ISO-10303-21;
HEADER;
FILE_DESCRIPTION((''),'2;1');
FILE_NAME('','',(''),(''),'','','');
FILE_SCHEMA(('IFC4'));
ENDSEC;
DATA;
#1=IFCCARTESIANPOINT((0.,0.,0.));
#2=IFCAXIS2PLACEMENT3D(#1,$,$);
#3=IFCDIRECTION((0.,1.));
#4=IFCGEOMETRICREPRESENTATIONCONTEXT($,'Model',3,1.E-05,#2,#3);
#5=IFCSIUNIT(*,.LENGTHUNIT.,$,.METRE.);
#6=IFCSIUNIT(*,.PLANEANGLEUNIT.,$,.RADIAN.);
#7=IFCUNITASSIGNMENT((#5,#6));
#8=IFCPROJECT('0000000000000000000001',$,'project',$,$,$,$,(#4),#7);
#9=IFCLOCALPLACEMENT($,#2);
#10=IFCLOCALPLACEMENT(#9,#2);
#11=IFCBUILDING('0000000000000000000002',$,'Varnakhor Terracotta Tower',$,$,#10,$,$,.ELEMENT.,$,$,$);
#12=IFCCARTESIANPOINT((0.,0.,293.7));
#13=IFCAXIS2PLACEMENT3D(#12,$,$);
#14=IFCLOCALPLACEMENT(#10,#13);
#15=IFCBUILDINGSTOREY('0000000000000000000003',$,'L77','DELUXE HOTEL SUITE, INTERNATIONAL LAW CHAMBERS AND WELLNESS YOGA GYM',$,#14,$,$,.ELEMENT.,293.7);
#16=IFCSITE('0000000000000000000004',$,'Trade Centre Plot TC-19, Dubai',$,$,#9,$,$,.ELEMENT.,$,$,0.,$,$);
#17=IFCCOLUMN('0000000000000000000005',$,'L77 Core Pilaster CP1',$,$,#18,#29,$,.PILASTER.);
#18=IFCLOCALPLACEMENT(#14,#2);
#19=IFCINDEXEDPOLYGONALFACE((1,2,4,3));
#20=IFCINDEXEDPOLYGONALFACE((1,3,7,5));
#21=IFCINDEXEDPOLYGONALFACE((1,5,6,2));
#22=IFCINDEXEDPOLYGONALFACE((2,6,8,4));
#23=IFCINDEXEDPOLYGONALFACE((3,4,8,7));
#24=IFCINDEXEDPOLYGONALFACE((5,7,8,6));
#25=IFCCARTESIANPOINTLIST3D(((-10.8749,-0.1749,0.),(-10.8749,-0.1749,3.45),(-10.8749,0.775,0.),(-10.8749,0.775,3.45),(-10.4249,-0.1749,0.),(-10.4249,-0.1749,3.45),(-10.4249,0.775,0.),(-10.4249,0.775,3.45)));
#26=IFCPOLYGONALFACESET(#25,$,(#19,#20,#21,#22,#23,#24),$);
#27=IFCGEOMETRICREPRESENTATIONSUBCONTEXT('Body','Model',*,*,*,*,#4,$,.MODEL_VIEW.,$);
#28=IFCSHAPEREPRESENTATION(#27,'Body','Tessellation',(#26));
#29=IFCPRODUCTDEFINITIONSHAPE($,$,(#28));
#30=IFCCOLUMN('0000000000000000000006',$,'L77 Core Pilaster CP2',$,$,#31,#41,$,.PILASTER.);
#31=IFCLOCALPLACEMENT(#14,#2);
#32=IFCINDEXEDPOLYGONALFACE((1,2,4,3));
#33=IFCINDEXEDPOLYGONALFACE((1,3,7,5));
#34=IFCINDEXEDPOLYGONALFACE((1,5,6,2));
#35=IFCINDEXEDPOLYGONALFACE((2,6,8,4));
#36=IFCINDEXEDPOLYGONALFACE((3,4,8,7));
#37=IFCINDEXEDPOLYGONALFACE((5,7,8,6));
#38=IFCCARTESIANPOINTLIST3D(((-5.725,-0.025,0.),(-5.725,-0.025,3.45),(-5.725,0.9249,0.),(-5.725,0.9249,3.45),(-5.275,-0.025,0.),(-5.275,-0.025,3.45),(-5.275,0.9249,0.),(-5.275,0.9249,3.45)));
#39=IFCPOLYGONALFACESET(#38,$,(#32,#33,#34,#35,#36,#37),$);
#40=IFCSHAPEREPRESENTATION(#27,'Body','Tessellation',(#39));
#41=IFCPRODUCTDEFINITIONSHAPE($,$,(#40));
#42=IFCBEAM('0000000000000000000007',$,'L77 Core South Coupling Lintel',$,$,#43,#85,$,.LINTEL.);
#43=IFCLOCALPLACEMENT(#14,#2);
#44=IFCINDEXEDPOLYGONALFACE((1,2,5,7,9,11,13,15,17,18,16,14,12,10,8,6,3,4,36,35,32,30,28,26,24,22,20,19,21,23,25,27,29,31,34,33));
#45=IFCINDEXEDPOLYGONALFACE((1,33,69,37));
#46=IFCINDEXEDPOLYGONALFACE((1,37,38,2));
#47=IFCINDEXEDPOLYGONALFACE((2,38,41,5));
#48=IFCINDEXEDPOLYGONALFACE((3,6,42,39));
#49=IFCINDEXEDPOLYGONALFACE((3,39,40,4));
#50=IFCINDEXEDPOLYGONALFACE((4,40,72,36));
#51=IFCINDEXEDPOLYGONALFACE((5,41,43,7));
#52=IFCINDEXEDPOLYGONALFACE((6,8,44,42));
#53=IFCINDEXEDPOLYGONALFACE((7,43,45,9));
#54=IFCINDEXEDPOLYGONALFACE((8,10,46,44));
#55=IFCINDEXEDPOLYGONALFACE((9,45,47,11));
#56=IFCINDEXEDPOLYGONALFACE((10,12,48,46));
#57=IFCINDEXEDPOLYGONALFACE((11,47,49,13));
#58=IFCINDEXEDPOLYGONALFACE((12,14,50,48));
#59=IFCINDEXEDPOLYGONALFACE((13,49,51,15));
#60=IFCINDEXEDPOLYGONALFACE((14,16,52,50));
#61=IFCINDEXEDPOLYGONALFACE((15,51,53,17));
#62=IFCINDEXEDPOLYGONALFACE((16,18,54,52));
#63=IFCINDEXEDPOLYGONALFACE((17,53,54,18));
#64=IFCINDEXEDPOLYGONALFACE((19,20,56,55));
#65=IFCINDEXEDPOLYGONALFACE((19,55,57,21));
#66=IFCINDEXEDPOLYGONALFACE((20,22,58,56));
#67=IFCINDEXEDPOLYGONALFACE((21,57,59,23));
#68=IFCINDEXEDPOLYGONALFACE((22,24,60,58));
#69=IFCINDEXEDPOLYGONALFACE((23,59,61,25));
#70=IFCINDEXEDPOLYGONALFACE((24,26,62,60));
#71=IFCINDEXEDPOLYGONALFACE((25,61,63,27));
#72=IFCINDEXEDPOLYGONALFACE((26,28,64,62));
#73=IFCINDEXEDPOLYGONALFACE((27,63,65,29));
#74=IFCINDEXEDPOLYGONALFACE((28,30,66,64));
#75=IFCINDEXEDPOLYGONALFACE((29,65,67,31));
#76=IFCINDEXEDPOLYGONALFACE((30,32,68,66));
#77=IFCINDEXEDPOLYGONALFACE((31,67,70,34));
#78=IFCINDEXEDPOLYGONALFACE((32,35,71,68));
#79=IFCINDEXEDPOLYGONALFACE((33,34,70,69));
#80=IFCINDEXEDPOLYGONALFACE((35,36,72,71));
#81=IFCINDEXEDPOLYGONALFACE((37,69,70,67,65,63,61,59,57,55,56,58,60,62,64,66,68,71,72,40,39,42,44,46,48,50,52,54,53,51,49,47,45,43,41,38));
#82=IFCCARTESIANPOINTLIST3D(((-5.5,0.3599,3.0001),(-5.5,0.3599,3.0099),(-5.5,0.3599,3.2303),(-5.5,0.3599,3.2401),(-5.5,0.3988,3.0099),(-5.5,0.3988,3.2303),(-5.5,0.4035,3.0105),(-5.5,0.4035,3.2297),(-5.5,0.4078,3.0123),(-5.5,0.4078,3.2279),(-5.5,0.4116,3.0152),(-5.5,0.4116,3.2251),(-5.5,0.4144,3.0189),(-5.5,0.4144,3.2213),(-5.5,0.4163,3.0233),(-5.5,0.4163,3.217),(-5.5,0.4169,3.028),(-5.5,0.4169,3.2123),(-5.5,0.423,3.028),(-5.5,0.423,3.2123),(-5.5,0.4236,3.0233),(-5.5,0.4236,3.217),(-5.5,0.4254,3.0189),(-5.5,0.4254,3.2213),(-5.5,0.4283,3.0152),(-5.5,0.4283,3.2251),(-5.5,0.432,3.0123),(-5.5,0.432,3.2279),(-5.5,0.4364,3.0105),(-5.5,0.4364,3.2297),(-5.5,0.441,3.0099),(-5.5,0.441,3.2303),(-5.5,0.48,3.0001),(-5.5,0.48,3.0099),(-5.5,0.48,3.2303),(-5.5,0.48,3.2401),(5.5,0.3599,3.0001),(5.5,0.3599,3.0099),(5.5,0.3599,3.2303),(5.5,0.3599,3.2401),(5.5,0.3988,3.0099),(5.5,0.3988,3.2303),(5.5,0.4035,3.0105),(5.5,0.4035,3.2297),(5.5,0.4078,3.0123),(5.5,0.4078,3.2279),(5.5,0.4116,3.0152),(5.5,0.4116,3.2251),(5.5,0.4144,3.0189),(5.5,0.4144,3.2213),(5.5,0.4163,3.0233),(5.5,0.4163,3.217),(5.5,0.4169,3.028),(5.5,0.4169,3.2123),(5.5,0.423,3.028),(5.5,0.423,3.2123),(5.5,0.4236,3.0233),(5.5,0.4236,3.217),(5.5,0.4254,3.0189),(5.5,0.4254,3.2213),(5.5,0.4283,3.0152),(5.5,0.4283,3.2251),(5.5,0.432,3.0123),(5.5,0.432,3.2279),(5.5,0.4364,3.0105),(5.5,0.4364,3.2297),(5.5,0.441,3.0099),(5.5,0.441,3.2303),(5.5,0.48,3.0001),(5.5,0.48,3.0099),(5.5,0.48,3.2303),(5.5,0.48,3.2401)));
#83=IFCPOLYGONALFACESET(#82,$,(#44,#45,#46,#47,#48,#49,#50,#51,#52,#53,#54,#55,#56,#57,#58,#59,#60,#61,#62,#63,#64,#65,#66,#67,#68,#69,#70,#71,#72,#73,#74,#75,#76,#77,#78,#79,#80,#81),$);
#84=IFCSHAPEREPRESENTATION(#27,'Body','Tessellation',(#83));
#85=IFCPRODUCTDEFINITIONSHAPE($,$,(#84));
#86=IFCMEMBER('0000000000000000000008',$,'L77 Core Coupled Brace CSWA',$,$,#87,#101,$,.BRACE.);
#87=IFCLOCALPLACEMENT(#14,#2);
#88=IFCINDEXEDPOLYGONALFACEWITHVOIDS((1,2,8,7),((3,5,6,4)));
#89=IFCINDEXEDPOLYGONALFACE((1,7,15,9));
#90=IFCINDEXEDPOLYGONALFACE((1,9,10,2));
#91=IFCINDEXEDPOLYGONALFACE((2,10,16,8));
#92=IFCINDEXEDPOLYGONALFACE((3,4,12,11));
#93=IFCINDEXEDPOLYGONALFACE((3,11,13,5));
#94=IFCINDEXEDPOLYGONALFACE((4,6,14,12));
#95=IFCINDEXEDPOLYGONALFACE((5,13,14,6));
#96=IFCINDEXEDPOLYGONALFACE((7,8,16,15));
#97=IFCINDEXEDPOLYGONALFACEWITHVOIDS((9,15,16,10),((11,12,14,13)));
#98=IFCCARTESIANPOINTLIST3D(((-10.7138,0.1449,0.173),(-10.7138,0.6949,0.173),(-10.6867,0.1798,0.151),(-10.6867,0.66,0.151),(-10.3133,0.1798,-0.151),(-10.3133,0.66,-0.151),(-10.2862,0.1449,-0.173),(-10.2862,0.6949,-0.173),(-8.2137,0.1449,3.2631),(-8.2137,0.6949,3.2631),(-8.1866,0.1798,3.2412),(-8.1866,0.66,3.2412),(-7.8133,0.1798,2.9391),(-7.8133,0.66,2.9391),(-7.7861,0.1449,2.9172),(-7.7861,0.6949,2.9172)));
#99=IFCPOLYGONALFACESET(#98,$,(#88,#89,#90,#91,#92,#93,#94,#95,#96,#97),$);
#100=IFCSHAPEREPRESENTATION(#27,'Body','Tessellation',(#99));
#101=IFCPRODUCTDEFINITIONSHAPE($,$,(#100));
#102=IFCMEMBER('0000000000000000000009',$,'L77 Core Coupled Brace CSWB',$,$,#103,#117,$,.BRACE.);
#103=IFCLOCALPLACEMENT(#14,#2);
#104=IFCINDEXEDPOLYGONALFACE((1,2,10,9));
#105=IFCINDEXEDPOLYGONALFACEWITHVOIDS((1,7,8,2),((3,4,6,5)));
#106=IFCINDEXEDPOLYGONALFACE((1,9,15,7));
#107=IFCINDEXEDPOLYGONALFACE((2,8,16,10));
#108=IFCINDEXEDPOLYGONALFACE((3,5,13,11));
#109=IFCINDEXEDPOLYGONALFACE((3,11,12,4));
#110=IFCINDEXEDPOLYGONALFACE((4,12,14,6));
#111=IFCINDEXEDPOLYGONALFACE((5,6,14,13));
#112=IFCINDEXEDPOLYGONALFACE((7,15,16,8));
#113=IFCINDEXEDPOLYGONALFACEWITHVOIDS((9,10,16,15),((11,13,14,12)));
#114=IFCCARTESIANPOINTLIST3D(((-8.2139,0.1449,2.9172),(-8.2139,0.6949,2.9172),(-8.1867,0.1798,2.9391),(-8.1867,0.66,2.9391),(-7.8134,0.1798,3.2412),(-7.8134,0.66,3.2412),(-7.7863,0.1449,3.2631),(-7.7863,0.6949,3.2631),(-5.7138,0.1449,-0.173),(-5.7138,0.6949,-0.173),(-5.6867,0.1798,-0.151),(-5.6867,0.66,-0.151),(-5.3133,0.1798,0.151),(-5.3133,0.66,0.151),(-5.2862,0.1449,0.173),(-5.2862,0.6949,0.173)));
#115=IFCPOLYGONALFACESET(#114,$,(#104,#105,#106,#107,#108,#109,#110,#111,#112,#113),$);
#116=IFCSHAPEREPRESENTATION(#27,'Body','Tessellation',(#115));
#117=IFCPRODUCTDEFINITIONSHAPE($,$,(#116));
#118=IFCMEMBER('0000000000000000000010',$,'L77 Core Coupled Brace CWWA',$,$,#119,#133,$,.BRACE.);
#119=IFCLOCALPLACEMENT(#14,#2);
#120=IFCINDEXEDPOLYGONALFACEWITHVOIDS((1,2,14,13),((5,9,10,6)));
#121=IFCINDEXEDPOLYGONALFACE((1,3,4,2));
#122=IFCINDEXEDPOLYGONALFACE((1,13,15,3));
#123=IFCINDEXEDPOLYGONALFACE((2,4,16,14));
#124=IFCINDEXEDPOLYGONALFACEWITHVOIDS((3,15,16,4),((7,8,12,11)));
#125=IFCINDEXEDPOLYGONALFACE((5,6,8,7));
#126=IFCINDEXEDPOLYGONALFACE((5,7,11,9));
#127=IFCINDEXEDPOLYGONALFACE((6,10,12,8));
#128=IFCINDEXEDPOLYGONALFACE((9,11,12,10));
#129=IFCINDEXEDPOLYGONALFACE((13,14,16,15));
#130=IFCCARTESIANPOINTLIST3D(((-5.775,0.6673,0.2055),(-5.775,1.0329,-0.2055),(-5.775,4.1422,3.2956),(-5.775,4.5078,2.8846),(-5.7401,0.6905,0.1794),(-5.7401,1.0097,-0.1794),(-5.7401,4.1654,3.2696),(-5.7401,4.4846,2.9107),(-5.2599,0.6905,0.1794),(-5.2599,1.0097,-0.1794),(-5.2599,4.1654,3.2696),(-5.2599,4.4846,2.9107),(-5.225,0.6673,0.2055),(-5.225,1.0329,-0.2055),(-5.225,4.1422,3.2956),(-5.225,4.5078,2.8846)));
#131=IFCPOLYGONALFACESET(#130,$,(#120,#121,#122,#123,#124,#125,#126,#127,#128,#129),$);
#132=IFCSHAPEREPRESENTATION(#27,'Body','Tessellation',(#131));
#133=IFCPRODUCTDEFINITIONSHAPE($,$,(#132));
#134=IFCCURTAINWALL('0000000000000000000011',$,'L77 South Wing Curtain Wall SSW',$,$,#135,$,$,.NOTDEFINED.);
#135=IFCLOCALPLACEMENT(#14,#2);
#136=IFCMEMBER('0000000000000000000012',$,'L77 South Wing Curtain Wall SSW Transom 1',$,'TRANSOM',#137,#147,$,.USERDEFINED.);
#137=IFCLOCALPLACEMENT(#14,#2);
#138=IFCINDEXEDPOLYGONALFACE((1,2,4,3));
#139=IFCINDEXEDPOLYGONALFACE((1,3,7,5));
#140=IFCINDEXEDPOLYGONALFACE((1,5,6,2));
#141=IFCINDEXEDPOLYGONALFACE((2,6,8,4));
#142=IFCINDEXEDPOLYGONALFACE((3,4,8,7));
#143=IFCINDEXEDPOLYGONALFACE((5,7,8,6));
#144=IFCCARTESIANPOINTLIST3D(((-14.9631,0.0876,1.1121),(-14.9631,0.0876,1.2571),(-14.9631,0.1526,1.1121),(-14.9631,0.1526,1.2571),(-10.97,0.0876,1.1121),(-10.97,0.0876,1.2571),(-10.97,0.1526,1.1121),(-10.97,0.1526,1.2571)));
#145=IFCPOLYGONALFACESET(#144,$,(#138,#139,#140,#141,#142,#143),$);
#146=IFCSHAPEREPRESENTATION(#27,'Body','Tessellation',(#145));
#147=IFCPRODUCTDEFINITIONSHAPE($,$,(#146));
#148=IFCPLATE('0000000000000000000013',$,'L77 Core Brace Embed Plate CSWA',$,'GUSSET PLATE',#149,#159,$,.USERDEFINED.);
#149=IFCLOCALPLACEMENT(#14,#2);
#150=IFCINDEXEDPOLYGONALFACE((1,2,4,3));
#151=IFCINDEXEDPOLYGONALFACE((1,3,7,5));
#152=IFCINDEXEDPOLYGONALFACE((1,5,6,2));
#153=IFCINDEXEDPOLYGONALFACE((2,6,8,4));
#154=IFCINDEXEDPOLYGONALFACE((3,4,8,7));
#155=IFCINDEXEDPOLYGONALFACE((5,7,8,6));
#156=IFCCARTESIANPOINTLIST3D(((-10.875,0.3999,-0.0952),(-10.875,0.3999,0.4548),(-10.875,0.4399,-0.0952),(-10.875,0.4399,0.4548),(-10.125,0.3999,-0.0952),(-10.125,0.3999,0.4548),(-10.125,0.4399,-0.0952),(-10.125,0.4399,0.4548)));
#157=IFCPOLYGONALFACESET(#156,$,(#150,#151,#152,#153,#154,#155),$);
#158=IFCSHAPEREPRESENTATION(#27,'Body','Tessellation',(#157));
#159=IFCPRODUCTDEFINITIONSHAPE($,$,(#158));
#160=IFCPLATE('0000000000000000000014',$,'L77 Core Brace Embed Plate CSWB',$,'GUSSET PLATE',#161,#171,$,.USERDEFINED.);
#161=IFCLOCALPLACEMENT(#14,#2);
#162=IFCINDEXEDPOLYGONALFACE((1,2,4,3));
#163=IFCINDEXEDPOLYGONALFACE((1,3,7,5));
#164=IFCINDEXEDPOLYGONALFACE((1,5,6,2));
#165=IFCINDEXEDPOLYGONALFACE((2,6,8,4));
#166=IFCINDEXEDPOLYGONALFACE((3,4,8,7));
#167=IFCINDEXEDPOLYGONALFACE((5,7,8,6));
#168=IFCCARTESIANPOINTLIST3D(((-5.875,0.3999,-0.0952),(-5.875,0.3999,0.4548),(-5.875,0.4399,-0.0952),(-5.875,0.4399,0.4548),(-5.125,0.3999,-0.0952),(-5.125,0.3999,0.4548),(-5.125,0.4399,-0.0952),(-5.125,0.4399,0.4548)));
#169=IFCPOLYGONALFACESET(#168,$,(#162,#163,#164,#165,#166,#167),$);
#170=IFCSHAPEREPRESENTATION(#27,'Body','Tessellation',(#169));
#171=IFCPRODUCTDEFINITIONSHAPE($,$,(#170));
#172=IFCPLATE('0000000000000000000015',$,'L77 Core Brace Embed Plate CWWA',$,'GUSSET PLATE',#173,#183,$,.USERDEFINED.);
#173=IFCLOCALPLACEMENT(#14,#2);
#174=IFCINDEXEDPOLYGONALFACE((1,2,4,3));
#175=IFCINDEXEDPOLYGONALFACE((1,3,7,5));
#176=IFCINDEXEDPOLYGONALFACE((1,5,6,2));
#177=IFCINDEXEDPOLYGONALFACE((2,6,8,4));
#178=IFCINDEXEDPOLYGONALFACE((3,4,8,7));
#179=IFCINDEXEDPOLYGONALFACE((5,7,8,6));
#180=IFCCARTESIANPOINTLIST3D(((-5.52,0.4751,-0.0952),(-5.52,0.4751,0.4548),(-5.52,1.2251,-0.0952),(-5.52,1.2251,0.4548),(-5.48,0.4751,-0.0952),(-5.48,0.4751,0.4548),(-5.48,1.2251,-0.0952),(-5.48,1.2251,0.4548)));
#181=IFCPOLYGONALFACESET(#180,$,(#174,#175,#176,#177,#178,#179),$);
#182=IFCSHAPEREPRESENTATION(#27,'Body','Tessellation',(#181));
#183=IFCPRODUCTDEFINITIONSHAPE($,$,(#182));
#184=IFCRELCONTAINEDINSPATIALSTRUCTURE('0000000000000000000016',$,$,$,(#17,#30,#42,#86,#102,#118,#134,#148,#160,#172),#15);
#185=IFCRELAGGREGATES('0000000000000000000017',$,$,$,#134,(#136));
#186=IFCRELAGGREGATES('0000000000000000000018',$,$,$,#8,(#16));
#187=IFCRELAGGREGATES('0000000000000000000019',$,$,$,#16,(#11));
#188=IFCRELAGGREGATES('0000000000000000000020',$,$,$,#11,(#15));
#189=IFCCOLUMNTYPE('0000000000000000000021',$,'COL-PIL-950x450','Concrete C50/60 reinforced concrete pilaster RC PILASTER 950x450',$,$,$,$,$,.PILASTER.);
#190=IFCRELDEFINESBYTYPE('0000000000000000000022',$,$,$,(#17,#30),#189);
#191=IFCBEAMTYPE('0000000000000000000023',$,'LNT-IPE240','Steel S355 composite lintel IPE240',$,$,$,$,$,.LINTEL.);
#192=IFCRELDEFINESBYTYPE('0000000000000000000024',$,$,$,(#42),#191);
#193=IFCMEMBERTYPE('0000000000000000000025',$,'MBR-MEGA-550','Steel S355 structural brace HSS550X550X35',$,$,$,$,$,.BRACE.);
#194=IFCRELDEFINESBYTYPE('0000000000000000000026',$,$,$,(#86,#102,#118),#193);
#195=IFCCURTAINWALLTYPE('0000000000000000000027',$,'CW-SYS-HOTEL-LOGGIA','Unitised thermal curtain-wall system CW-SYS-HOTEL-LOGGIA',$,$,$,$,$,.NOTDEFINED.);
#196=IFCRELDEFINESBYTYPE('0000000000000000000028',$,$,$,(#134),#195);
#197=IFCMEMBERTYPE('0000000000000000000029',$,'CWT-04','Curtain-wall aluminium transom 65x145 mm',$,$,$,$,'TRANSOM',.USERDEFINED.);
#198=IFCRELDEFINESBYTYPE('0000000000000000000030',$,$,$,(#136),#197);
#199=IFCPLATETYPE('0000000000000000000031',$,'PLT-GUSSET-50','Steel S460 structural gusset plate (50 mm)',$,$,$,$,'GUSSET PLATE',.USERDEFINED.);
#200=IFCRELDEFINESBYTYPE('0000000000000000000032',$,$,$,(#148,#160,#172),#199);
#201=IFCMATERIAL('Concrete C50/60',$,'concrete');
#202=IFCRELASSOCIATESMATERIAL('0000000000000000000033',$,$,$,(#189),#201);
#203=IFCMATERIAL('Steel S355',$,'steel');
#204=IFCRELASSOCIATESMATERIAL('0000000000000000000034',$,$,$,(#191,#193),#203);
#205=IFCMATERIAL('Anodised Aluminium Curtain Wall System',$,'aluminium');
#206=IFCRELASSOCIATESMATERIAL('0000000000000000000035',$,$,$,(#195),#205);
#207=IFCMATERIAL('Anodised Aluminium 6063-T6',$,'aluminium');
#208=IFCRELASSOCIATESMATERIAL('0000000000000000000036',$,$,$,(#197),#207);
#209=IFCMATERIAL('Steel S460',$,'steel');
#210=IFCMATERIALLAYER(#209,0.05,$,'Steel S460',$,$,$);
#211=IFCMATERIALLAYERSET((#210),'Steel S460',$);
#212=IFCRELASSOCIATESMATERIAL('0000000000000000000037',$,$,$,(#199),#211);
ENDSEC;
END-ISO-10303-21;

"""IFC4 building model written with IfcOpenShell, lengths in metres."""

from ifc_helpers import new_model, si_unit, direction, frame, origin, origin_2d, place, context, subcontext, project, spatial, rectangle, hollow_rectangle, i_section, extrude, source, transform, mapped, material, layer, layer_set, material_profile, profile_set, type_object, type_shapes, element, aggregate, save


model = new_model("IFC4")

# Units and contexts
model_context = context("Model", 3, precision=1e-05, world=origin(), true_north=direction((0.0, 1.0)))
body_context = subcontext(model_context, "Body", "Model", "MODEL_VIEW")
ifc_project = project(units=[si_unit("LENGTHUNIT", "METRE"), si_unit("PLANEANGLEUNIT", "RADIAN")], contexts=[model_context])

# Site, building, storey
site_placement = place(None, origin())
site = spatial("IfcSite", under=ifc_project, at=site_placement, Name="Trade Centre Plot TC-19, Dubai", CompositionType="ELEMENT", RefElevation=0.0)
building_placement = place(site_placement, origin())
building = spatial("IfcBuilding", under=site, at=building_placement, Name="Varnakhor Terracotta Tower", CompositionType="ELEMENT")
storey_placement = place(building_placement, frame((0.0, 0.0, 293.7)))
storey = spatial("IfcBuildingStorey", under=building, at=storey_placement, Name="L77", Description="DELUXE HOTEL SUITE, INTERNATIONAL LAW CHAMBERS AND WELLNESS YOGA GYM", CompositionType="ELEMENT", Elevation=293.7)

# Columns
ifc_material_1 = material(Name="Concrete C50/60", Category="concrete")
ifc_material_profile_1 = material_profile(ifc_material_1, rectangle(XDim=0.45, YDim=0.95, at=origin_2d()), Name="RC PILASTER 950x450")
ifc_profile_set_1 = profile_set([ifc_material_profile_1], Name="Concrete C50/60")
column_type = type_object("IfcColumnType", Name="COL-PIL-950x450", Description="Concrete C50/60 reinforced concrete pilaster RC PILASTER 950x450", PredefinedType="PILASTER", material=ifc_profile_set_1)
shared_shape_1 = source(origin(), body_context, "Body", "SweptSolid", [
    extrude(rectangle(XDim=0.45, YDim=0.95, at=origin_2d()), origin(), (0.0, 0.0, 1.0), 3.45),
])
for number, where, z_axis, x_axis, name in (
    (1, (-10.6499, 0.3, 0.0), (0.0, 0.0, 1.0), (1.0, 0.0, 0.0), "L77 Core Pilaster CP1"),
    (2, (-5.5, 0.45, 0.0), (0.0, 0.0, 1.0), (1.0, 0.0, 0.0), "L77 Core Pilaster CP2"),
):
    element("IfcColumn", number, at=place(storey_placement, frame(where, z_axis=z_axis, x_axis=x_axis)), inside=storey, type_object=column_type, Name=name, PredefinedType="PILASTER", context=body_context, shape_type="MappedRepresentation", body=[
        mapped(shared_shape_1, transform((0.0, 0.0, 0.0), scale=1.0)),
    ])

# Beam
ifc_material_2 = material(Name="Steel S355", Category="steel")
ifc_material_profile_2 = material_profile(ifc_material_2, i_section(OverallWidth=0.1201, OverallDepth=0.24, WebThickness=0.0061, FlangeThickness=0.0098, FilletRadius=0.0181, at=origin_2d()), Name="IPE240")
ifc_profile_set_2 = profile_set([ifc_material_profile_2], Name="Steel S355")
beam_type = type_object("IfcBeamType", Name="LNT-IPE240", Description="Steel S355 composite lintel IPE240", PredefinedType="LINTEL", material=ifc_profile_set_2)
shared_shape_2 = source(origin(), body_context, "Body", "SweptSolid", [
    extrude(i_section(OverallWidth=0.1201, OverallDepth=0.24, WebThickness=0.0061, FlangeThickness=0.0098, FilletRadius=0.0181, at=origin_2d()), origin(), (0.0, 0.0, 1.0), 11.0),
])
type_shapes(beam_type, [shared_shape_2])
beam_placement = place(storey_placement, frame((-5.5, 0.4199, 3.1201), z_axis=(1.0, 0.0, 0.0), x_axis=(0.0, 1.0, 0.0)))
element("IfcBeam", 3, at=beam_placement, inside=storey, type_object=beam_type, Name="L77 Core South Coupling Lintel", PredefinedType="LINTEL", context=body_context, shape_type="MappedRepresentation", body=[
    mapped(shared_shape_2, transform((0.0, 0.0, 0.0), scale=1.0)),
])

# Members
ifc_material_profile_3 = material_profile(ifc_material_2, hollow_rectangle(XDim=0.55, YDim=0.55, WallThickness=0.0349, at=origin_2d()), Name="HSS550X550X35")
ifc_profile_set_3 = profile_set([ifc_material_profile_3], Name="Steel S355")
member_type_1 = type_object("IfcMemberType", Name="MBR-MEGA-550", Description="Steel S355 structural brace HSS550X550X35", PredefinedType="BRACE", material=ifc_profile_set_3)
shared_shape_3 = source(origin(), body_context, "Body", "SweptSolid", [
    extrude(hollow_rectangle(XDim=0.55, YDim=0.55, WallThickness=0.0349, at=origin_2d()), origin(), (0.0, 0.0, 1.0), 3.9749),
])
for number, where, z_axis, x_axis, name in (
    (4, (-10.5, 0.4199, 0.0), (0.62897, 0.0, 0.777429), (0.0, 1.0, 0.0), "L77 Core Coupled Brace CSWA"),
    (5, (-5.5, 0.4199, 0.0), (-0.62897, 0.0, 0.777429), (0.0, -1.0, 0.0), "L77 Core Coupled Brace CSWB"),
):
    element("IfcMember", number, at=place(storey_placement, frame(where, z_axis=z_axis, x_axis=x_axis)), inside=storey, type_object=member_type_1, Name=name, PredefinedType="BRACE", context=body_context, shape_type="MappedRepresentation", body=[
        mapped(shared_shape_3, transform((0.0, 0.0, 0.0), scale=1.0)),
    ])
shared_shape_4 = source(origin(), body_context, "Body", "SweptSolid", [
    extrude(hollow_rectangle(XDim=0.55, YDim=0.55, WallThickness=0.0349, at=origin_2d()), origin(), (0.0, 0.0, 1.0), 4.6501),
])
member_1_placement = place(storey_placement, frame((-5.5, 0.8501, 0.0), z_axis=(0.0, 0.747267, 0.664524), x_axis=(-1.0, 0.0, 0.0)))
element("IfcMember", 6, at=member_1_placement, inside=storey, type_object=member_type_1, Name="L77 Core Coupled Brace CWWA", PredefinedType="BRACE", context=body_context, shape_type="MappedRepresentation", body=[
    mapped(shared_shape_4, transform((0.0, 0.0, 0.0), scale=1.0)),
])

# Curtain wall, member
ifc_material_3 = material(Name="Anodised Aluminium Curtain Wall System", Category="aluminium")
curtain_wall_type = type_object("IfcCurtainWallType", Name="CW-SYS-HOTEL-LOGGIA", Description="Unitised thermal curtain-wall system CW-SYS-HOTEL-LOGGIA", PredefinedType="NOTDEFINED", material=ifc_material_3)
curtain_wall_placement = place(storey_placement, origin())
curtain_wall = element("IfcCurtainWall", 7, at=curtain_wall_placement, inside=storey, type_object=curtain_wall_type, Name="L77 South Wing Curtain Wall SSW", PredefinedType="NOTDEFINED")
ifc_material_4 = material(Name="Anodised Aluminium 6063-T6", Category="aluminium")
ifc_material_profile_4 = material_profile(ifc_material_4, rectangle(XDim=0.0649, YDim=0.145, at=origin_2d()), Name="ALU TRANSOM 65x145")
ifc_profile_set_4 = profile_set([ifc_material_profile_4], Name="Anodised Aluminium 6063-T6")
member_type_2 = type_object("IfcMemberType", Name="CWT-04", Description="Curtain-wall aluminium transom 65x145 mm", ElementType="TRANSOM", PredefinedType="USERDEFINED", material=ifc_profile_set_4)
shared_shape_5 = source(origin(), body_context, "Body", "SweptSolid", [
    extrude(rectangle(XDim=0.0649, YDim=0.145, at=origin_2d()), origin(), (0.0, 0.0, 1.0), 3.9932),
])
member_2_placement = place(storey_placement, frame((-10.97, 0.1201, 1.1846), z_axis=(-1.0, 0.0, 0.0), x_axis=(0.0, -1.0, 0.0)))
member_2 = element("IfcMember", 8, at=member_2_placement, type_object=member_type_2, Name="L77 South Wing Curtain Wall SSW Transom 1", ObjectType="TRANSOM", PredefinedType="USERDEFINED", context=body_context, shape_type="MappedRepresentation", body=[
    mapped(shared_shape_5, transform((0.0, 0.0, 0.0), scale=1.0)),
])
aggregate(curtain_wall, [member_2])

# Plates
ifc_material_5 = material(Name="Steel S460", Category="steel")
ifc_layer_1 = layer(ifc_material_5, 0.05, Name="Steel S460")
ifc_layer_set_1 = layer_set([ifc_layer_1], Name="Steel S460")
plate_type = type_object("IfcPlateType", Name="PLT-GUSSET-50", Description="Steel S460 structural gusset plate (50 mm)", ElementType="GUSSET PLATE", PredefinedType="USERDEFINED", material=ifc_layer_set_1)
shared_shape_6 = source(origin(), body_context, "Body", "SweptSolid", [
    extrude(rectangle(XDim=0.75, YDim=0.04, at=origin_2d()), origin(), (0.0, 0.0, 1.0), 0.55),
])
type_shapes(plate_type, [shared_shape_6])
for number, where, z_axis, x_axis, name in (
    (9, (-10.5, 0.4199, -0.0952), (0.0, 0.0, 1.0), (1.0, 0.0, 0.0), "L77 Core Brace Embed Plate CSWA"),
    (10, (-5.5, 0.4199, -0.0952), (0.0, 0.0, 1.0), (1.0, 0.0, 0.0), "L77 Core Brace Embed Plate CSWB"),
    (11, (-5.5, 0.8501, -0.0952), (0.0, 0.0, 1.0), (0.0, 1.0, 0.0), "L77 Core Brace Embed Plate CWWA"),
):
    element("IfcPlate", number, at=place(storey_placement, frame(where, z_axis=z_axis, x_axis=x_axis)), inside=storey, type_object=plate_type, Name=name, ObjectType="GUSSET PLATE", PredefinedType="USERDEFINED", context=body_context, shape_type="MappedRepresentation", body=[
        mapped(shared_shape_6, transform((0.0, 0.0, 0.0), scale=1.0)),
    ])

save(model, "model.ifc")
